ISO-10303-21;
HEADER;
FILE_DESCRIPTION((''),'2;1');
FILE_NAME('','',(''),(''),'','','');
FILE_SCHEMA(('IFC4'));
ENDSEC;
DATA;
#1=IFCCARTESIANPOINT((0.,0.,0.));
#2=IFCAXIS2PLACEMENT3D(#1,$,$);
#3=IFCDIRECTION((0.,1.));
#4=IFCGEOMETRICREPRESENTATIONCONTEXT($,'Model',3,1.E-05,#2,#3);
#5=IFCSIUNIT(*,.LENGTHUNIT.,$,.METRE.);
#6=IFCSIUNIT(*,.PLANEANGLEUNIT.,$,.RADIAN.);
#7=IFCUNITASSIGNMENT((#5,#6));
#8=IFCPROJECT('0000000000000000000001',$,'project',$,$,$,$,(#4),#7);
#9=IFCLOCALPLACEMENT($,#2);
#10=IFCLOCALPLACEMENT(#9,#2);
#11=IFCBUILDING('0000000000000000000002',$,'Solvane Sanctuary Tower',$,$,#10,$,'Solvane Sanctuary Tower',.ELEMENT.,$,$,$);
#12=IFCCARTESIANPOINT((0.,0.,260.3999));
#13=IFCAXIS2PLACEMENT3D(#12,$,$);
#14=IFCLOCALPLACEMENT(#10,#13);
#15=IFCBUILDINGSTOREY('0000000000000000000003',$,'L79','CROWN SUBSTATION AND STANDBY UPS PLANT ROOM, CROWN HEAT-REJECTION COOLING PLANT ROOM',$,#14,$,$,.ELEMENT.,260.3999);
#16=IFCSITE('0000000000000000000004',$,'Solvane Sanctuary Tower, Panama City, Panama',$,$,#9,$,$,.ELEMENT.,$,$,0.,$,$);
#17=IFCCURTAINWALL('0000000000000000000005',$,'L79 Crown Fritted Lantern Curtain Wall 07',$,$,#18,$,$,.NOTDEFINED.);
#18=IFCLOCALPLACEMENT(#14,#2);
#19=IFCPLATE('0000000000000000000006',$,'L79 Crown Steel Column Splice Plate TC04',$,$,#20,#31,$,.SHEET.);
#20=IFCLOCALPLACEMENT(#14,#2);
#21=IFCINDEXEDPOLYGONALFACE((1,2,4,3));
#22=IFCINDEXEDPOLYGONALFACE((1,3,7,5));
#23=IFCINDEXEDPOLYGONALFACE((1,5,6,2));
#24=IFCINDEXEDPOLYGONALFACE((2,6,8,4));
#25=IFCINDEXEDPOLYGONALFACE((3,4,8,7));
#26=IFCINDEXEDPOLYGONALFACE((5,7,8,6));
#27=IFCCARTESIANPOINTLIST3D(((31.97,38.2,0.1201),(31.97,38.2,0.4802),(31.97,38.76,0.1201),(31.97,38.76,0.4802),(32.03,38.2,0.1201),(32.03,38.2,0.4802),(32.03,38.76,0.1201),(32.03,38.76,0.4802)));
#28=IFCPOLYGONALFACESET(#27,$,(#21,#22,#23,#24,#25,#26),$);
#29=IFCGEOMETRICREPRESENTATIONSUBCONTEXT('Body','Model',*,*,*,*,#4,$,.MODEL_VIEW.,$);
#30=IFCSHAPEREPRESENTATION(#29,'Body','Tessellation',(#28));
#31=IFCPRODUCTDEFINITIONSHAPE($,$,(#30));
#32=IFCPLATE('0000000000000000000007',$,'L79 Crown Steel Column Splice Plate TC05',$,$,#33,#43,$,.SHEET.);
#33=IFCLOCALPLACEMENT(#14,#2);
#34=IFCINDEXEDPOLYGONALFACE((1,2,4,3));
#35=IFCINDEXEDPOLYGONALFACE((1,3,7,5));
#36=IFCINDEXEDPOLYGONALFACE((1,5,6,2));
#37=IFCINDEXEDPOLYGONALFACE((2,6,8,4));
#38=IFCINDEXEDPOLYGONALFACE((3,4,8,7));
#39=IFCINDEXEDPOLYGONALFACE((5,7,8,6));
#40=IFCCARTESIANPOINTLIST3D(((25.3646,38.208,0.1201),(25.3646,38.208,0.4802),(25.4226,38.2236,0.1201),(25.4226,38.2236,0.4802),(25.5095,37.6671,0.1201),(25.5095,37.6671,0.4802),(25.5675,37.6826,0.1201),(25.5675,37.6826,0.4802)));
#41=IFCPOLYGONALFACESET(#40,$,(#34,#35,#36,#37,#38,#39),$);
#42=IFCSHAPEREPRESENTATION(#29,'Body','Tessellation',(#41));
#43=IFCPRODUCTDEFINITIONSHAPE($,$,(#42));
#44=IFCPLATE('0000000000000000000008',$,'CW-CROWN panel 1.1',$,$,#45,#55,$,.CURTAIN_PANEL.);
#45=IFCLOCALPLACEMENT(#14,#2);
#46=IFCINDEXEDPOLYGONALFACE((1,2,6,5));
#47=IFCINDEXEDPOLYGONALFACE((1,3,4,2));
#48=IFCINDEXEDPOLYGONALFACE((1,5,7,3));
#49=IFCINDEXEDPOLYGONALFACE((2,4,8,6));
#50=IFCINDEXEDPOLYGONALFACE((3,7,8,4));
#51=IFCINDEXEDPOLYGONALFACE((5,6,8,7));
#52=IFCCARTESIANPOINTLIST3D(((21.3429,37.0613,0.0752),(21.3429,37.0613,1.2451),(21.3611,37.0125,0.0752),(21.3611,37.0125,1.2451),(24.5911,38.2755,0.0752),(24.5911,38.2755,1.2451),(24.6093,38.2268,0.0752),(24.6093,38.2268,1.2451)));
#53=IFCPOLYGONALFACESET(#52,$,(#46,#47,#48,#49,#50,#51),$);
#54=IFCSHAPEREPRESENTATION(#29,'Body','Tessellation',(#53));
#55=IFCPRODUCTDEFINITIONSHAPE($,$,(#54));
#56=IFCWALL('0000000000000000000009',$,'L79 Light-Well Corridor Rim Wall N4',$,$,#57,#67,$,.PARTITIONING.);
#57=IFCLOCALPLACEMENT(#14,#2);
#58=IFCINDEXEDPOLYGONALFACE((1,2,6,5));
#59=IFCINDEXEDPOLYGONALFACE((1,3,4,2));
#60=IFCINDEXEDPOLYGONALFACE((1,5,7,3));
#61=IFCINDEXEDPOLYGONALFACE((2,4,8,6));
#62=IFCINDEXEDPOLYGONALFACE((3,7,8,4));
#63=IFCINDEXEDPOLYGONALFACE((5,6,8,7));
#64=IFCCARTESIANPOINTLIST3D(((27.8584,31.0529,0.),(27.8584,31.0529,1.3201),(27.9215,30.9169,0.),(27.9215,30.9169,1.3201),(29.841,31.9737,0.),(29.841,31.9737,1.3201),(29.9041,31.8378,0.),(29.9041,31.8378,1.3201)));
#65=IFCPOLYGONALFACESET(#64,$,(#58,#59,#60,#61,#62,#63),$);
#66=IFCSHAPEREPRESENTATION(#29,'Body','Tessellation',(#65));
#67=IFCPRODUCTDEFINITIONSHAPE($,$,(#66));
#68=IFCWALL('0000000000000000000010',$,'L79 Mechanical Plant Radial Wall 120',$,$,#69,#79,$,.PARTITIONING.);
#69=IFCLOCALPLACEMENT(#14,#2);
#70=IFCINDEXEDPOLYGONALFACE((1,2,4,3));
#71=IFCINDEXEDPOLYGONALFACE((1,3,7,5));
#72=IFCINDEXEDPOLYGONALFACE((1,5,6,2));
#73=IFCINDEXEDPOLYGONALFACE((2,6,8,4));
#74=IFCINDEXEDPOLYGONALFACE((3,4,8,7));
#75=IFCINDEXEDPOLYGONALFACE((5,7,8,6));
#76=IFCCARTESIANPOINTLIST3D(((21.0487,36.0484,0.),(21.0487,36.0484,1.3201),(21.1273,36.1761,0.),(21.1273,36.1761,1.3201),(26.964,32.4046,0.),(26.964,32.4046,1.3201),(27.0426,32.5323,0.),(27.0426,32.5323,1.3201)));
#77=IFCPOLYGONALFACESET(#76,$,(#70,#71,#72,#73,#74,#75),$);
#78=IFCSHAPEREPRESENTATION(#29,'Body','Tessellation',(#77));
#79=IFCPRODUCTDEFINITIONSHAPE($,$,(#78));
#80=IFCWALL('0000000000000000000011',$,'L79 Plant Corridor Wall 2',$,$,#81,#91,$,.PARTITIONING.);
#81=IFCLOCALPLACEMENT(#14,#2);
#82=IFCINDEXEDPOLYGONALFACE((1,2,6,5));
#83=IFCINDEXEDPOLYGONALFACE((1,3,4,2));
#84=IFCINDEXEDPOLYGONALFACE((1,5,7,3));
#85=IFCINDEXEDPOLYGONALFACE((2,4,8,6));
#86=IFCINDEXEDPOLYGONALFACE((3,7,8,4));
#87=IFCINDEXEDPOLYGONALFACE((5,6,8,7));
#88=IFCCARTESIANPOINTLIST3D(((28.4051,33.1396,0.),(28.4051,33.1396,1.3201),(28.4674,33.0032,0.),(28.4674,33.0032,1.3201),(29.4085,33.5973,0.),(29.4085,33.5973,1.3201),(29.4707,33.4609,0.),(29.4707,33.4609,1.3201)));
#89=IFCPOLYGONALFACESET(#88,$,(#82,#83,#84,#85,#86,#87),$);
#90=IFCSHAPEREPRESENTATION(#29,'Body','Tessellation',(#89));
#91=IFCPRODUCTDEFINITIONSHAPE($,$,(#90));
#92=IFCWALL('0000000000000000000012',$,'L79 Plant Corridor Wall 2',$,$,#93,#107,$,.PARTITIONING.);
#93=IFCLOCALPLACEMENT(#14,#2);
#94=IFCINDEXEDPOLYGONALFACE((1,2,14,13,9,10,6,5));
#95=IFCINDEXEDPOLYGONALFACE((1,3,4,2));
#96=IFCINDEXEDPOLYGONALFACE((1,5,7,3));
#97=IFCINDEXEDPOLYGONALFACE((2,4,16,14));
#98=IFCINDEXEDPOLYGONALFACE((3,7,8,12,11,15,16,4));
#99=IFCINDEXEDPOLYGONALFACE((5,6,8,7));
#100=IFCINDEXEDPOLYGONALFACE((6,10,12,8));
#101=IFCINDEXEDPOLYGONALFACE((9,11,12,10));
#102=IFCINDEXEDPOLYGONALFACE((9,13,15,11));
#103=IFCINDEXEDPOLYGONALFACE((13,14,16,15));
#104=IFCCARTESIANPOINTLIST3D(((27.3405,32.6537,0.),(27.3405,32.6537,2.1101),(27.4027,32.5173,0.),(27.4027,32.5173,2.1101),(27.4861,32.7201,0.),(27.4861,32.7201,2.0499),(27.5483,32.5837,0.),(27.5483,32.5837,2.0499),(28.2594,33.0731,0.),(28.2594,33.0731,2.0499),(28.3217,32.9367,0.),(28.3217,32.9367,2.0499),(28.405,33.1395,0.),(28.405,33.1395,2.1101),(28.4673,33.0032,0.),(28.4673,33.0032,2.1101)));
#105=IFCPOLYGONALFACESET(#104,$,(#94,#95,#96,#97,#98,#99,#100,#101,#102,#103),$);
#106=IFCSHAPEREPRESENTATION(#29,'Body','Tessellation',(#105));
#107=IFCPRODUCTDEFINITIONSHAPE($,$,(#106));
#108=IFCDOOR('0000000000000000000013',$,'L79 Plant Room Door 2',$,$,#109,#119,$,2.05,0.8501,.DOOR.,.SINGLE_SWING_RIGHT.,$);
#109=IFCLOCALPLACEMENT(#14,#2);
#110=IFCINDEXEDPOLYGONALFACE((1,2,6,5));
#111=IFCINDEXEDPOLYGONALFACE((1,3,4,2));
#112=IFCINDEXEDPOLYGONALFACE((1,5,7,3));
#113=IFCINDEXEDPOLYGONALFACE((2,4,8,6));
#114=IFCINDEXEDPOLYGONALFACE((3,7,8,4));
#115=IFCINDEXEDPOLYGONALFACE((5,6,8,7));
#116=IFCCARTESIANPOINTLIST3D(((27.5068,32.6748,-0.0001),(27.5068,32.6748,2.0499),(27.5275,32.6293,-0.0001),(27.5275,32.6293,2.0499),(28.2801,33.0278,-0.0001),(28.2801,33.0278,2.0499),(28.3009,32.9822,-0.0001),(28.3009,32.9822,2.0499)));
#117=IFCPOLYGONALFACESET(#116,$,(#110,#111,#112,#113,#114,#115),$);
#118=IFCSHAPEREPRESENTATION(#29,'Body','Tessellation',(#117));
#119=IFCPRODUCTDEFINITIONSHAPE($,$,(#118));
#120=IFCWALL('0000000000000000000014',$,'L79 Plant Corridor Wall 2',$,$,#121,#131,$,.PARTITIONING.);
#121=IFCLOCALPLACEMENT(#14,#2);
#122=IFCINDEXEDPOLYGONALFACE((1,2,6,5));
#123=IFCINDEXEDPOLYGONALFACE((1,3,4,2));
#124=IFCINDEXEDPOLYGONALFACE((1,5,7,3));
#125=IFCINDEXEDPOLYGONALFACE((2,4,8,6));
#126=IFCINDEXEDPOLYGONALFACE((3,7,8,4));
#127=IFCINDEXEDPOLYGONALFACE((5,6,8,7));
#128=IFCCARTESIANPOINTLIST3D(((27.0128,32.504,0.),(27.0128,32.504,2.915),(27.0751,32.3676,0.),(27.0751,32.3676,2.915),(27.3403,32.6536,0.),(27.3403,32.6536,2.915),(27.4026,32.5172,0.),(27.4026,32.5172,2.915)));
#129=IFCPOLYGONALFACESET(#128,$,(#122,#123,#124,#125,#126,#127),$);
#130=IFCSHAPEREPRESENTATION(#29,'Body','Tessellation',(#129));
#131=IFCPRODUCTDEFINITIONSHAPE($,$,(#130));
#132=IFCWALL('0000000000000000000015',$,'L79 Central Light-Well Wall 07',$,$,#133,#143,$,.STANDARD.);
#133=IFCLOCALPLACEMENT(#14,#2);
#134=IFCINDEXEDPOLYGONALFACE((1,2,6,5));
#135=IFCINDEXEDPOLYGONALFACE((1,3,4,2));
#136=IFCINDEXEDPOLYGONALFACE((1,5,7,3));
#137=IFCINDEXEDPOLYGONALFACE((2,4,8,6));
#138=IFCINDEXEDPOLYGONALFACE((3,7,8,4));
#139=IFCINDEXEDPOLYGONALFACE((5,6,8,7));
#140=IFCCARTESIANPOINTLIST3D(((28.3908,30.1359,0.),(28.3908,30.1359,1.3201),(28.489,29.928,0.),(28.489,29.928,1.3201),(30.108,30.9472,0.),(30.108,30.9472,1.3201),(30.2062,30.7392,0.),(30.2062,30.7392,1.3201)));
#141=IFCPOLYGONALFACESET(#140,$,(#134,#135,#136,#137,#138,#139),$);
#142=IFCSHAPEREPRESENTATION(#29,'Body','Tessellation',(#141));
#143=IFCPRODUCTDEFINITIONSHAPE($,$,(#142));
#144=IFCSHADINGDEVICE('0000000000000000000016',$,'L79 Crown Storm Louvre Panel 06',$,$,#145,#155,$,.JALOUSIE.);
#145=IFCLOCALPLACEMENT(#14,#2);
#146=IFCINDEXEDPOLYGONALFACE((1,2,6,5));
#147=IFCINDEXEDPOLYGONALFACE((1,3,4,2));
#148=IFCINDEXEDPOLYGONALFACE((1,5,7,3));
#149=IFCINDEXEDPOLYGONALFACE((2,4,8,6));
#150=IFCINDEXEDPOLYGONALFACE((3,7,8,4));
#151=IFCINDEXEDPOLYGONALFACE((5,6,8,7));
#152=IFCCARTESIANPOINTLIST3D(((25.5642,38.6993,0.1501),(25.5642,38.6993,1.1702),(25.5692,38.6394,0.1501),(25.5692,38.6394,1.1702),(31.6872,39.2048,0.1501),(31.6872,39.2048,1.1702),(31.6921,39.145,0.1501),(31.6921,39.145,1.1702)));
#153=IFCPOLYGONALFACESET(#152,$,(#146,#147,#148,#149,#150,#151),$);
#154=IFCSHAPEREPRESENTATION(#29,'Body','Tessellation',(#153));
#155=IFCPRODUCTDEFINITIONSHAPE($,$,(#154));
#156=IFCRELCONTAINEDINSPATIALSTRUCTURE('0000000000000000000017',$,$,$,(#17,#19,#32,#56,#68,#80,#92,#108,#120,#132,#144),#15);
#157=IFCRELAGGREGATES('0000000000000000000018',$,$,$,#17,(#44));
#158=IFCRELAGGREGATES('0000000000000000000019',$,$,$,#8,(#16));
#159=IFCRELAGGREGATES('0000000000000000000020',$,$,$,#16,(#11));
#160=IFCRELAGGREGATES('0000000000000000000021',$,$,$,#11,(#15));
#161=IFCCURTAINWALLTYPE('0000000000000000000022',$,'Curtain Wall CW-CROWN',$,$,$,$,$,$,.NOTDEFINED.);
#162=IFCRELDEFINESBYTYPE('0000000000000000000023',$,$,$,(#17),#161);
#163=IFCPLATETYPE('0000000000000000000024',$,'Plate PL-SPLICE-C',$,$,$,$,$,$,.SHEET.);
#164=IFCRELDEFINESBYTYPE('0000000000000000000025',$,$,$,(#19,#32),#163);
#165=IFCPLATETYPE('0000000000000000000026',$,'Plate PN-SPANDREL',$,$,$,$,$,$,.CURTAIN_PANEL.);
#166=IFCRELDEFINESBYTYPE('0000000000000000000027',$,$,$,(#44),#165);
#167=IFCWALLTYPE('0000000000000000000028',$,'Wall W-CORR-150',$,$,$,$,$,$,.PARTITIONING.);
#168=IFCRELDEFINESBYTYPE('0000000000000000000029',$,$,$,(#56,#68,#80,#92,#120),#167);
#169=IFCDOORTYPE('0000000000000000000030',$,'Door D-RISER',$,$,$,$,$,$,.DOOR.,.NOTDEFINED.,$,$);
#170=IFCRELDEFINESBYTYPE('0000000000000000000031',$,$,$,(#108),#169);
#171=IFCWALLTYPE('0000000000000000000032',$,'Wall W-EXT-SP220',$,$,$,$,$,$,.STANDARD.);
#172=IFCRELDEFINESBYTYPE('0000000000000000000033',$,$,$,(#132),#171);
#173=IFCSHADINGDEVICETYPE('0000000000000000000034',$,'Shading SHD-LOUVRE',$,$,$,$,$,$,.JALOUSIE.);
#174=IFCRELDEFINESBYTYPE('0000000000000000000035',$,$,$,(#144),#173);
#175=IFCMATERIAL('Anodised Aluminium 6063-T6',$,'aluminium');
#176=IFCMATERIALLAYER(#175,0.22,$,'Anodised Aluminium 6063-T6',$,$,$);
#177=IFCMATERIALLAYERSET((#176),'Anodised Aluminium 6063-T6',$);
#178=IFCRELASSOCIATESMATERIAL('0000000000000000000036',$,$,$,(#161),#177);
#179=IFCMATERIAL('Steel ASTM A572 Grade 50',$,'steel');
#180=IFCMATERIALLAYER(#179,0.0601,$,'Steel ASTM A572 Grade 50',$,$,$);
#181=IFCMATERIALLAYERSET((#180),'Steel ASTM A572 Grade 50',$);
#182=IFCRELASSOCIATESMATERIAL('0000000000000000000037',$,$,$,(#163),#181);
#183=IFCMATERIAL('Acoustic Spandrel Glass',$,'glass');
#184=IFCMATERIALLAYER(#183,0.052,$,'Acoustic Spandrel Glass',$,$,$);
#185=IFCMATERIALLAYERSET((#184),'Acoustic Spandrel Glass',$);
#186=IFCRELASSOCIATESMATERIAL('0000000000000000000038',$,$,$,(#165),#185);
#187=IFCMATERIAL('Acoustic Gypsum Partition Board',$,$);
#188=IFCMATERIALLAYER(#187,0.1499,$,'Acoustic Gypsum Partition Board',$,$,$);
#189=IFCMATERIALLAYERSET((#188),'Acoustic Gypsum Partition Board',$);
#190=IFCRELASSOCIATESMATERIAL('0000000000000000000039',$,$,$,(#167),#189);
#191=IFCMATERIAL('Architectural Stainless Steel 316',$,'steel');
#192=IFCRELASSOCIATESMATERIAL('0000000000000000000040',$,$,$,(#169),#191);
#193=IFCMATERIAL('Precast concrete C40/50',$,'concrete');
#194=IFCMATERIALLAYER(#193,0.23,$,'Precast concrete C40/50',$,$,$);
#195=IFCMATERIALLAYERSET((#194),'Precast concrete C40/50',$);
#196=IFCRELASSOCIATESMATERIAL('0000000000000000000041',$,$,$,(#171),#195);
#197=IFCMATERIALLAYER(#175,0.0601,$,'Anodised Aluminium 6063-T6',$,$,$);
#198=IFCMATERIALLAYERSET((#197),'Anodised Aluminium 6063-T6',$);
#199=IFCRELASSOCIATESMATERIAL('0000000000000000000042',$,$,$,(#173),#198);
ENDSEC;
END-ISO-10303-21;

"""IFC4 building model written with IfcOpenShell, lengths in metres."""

from ifc_helpers import new_model, si_unit, direction, frame, frame_2d, origin, origin_2d, place, context, subcontext, project, spatial, rectangle, extrude, material, layer, layer_set, type_object, element, fill, aggregate, save


model = new_model("IFC4")

# Units and contexts
model_context = context("Model", 3, precision=1e-05, world=origin(), true_north=direction((0.0, 1.0)))
body_context = subcontext(model_context, "Body", "Model", "MODEL_VIEW")
ifc_project = project(units=[si_unit("LENGTHUNIT", "METRE"), si_unit("PLANEANGLEUNIT", "RADIAN")], contexts=[model_context])

# Site, building, storey
site_placement = place(None, origin())
site = spatial("IfcSite", under=ifc_project, at=site_placement, Name="Solvane Sanctuary Tower, Panama City, Panama", CompositionType="ELEMENT", RefElevation=0.0)
building_placement = place(site_placement, origin())
building = spatial("IfcBuilding", under=site, at=building_placement, Name="Solvane Sanctuary Tower", LongName="Solvane Sanctuary Tower", CompositionType="ELEMENT")
storey_placement = place(building_placement, frame((0.0, 0.0, 260.3999)))
storey = spatial("IfcBuildingStorey", under=building, at=storey_placement, Name="L79", Description="CROWN SUBSTATION AND STANDBY UPS PLANT ROOM, CROWN HEAT-REJECTION COOLING PLANT ROOM", CompositionType="ELEMENT", Elevation=260.3999)

# Curtain wall
ifc_material_1 = material(Name="Anodised Aluminium 6063-T6", Category="aluminium")
ifc_layer_1 = layer(ifc_material_1, 0.22, Name="Anodised Aluminium 6063-T6")
ifc_layer_set_1 = layer_set([ifc_layer_1], Name="Anodised Aluminium 6063-T6")
curtain_wall_type = type_object("IfcCurtainWallType", Name="Curtain Wall CW-CROWN", PredefinedType="NOTDEFINED", material=ifc_layer_set_1)
curtain_wall_placement = place(storey_placement, origin())
curtain_wall = element("IfcCurtainWall", 1, at=curtain_wall_placement, inside=storey, type_object=curtain_wall_type, Name="L79 Crown Fritted Lantern Curtain Wall 07", PredefinedType="NOTDEFINED")

# Plates
ifc_material_2 = material(Name="Steel ASTM A572 Grade 50", Category="steel")
ifc_layer_2 = layer(ifc_material_2, 0.0601, Name="Steel ASTM A572 Grade 50")
ifc_layer_set_2 = layer_set([ifc_layer_2], Name="Steel ASTM A572 Grade 50")
plate_type_1 = type_object("IfcPlateType", Name="Plate PL-SPLICE-C", PredefinedType="SHEET", material=ifc_layer_set_2)
for number, where, z_axis, x_axis, name in (
    (2, (32.0, 38.48, 0.1201), (0.0, 0.0, 1.0), (0.0, 1.0, 0.0), "L79 Crown Steel Column Splice Plate TC04"),
    (3, (25.4661, 37.9453, 0.1201), (0.0, 0.0, 1.0), (-0.258819, 0.965926, 0.0), "L79 Crown Steel Column Splice Plate TC05"),
):
    element("IfcPlate", number, at=place(storey_placement, frame(where, z_axis=z_axis, x_axis=x_axis)), inside=storey, type_object=plate_type_1, Name=name, PredefinedType="SHEET", context=body_context, shape_type="SweptSolid", body=[
        extrude(rectangle(XDim=0.5601, YDim=0.0601, at=origin_2d()), origin(), (0.0, 0.0, 1.0), 0.3601),
    ])

# Plate
ifc_material_3 = material(Name="Acoustic Spandrel Glass", Category="glass")
ifc_layer_3 = layer(ifc_material_3, 0.052, Name="Acoustic Spandrel Glass")
ifc_layer_set_3 = layer_set([ifc_layer_3], Name="Acoustic Spandrel Glass")
plate_type_2 = type_object("IfcPlateType", Name="Plate PN-SPANDREL", PredefinedType="CURTAIN_PANEL", material=ifc_layer_set_3)
plate_placement = place(storey_placement, frame((22.9761, 37.644, 0.0752), z_axis=(0.0, 0.0, 1.0), x_axis=(-0.936689, -0.350163, 0.0)))
plate = element("IfcPlate", 4, at=plate_placement, type_object=plate_type_2, Name="CW-CROWN panel 1.1", PredefinedType="CURTAIN_PANEL", context=body_context, shape_type="SweptSolid", body=[
    extrude(rectangle(XDim=3.4678, YDim=0.052, at=origin_2d()), origin(), (0.0, 0.0, 1.0), 1.1699),
])
aggregate(curtain_wall, [plate])

# Walls
ifc_material_4 = material(Name="Acoustic Gypsum Partition Board")
ifc_layer_4 = layer(ifc_material_4, 0.1499, Name="Acoustic Gypsum Partition Board")
ifc_layer_set_4 = layer_set([ifc_layer_4], Name="Acoustic Gypsum Partition Board")
wall_type_1 = type_object("IfcWallType", Name="Wall W-CORR-150", PredefinedType="PARTITIONING", material=ifc_layer_set_4)
wall_1_placement = place(storey_placement, frame((29.8726, 31.9058, 0.0), z_axis=(0.0, 0.0, 1.0), x_axis=(-0.906943, -0.421252, 0.0)))
element("IfcWall", 5, at=wall_1_placement, inside=storey, type_object=wall_type_1, Name="L79 Light-Well Corridor Rim Wall N4", PredefinedType="PARTITIONING", context=body_context, shape_type="SweptSolid", body=[
    extrude(rectangle(XDim=2.186, YDim=0.1499, at=frame_2d((1.093, 0.0))), origin(), (0.0, 0.0, 1.0), 1.3201),
])
wall_2_placement = place(storey_placement, frame((27.0032, 32.4685, 0.0), z_axis=(0.0, 0.0, 1.0), x_axis=(-0.851425, 0.524476, 0.0)))
element("IfcWall", 6, at=wall_2_placement, inside=storey, type_object=wall_type_1, Name="L79 Mechanical Plant Radial Wall 120", PredefinedType="PARTITIONING", context=body_context, shape_type="SweptSolid", body=[
    extrude(rectangle(XDim=6.9475, YDim=0.1499, at=frame_2d((3.4736, 0.0))), origin(), (0.0, 0.0, 1.0), 1.3201),
])
wall_3_placement = place(storey_placement, frame((29.4395, 33.5291, 0.0), z_axis=(0.0, 0.0, 1.0), x_axis=(-0.909797, -0.415053, 0.0)))
element("IfcWall", 7, at=wall_3_placement, inside=storey, type_object=wall_type_1, Name="L79 Plant Corridor Wall 2", PredefinedType="PARTITIONING", context=body_context, shape_type="SweptSolid", body=[
    extrude(rectangle(XDim=1.1028, YDim=0.1499, at=frame_2d((0.5513, 0.0))), origin(), (0.0, 0.0, 1.0), 1.3201),
])

# Wall, opening, door
wall_4_placement = place(storey_placement, frame((28.436, 33.0713, 0.0), z_axis=(0.0, 0.0, 1.0), x_axis=(-0.909722, -0.415217, 0.0)))
wall_4 = element("IfcWall", 8, at=wall_4_placement, inside=storey, type_object=wall_type_1, Name="L79 Plant Corridor Wall 2", PredefinedType="PARTITIONING", context=body_context, shape_type="SweptSolid", body=[
    extrude(rectangle(XDim=1.1702, YDim=0.1499, at=frame_2d((0.585, 0.0))), origin(), (0.0, 0.0, 1.0), 2.1101),
])
opening_placement = place(wall_4_placement, frame((0.1599, 0.0, 0.0)))
opening = element("IfcOpeningElement", 9, at=opening_placement, cuts=wall_4, PredefinedType="OPENING", context=body_context, shape_type="SweptSolid", body=[
    extrude(rectangle(XDim=0.8501, YDim=2.05, at=frame_2d((0.425, 1.0249))), frame((0.0, 0.085, 0.0), z_axis=(0.0, -1.0, 0.0), x_axis=(1.0, 0.0, 0.0)), (0.0, 0.0, 1.0), 0.1699),
])
ifc_material_5 = material(Name="Architectural Stainless Steel 316", Category="steel")
door_type = type_object("IfcDoorType", Name="Door D-RISER", OperationType="NOTDEFINED", PredefinedType="DOOR", material=ifc_material_5)
door_placement = place(opening_placement, origin())
door = element("IfcDoor", 10, at=door_placement, inside=storey, type_object=door_type, Name="L79 Plant Room Door 2", OperationType="SINGLE_SWING_RIGHT", OverallHeight=2.05, OverallWidth=0.8501, PredefinedType="DOOR", context=body_context, shape_type="SweptSolid", body=[
    extrude(rectangle(XDim=0.8501, YDim=2.05, at=frame_2d((0.425, 1.0249))), frame((0.0, 0.0249, 0.0), z_axis=(0.0, -1.0, 0.0), x_axis=(1.0, 0.0, 0.0)), (0.0, 0.0, 1.0), 0.05),
])
fill(opening, door)

# Walls
wall_5_placement = place(storey_placement, frame((27.3716, 32.5854, 0.0), z_axis=(0.0, 0.0, 1.0), x_axis=(-0.909599, -0.415487, 0.0)))
element("IfcWall", 11, at=wall_5_placement, inside=storey, type_object=wall_type_1, Name="L79 Plant Corridor Wall 2", PredefinedType="PARTITIONING", context=body_context, shape_type="SweptSolid", body=[
    extrude(rectangle(XDim=0.3601, YDim=0.1499, at=frame_2d((0.1802, 0.0))), origin(), (0.0, 0.0, 1.0), 2.915),
])
ifc_material_6 = material(Name="Precast concrete C40/50", Category="concrete")
ifc_layer_5 = layer(ifc_material_6, 0.23, Name="Precast concrete C40/50")
ifc_layer_set_5 = layer_set([ifc_layer_5], Name="Precast concrete C40/50")
wall_type_2 = type_object("IfcWallType", Name="Wall W-EXT-SP220", PredefinedType="STANDARD", material=ifc_layer_set_5)
wall_6_placement = place(storey_placement, frame((30.1572, 30.8433, 0.0), z_axis=(0.0, 0.0, 1.0), x_axis=(-0.90418, -0.427152, 0.0)))
element("IfcWall", 12, at=wall_6_placement, inside=storey, type_object=wall_type_2, Name="L79 Central Light-Well Wall 07", PredefinedType="STANDARD", context=body_context, shape_type="SweptSolid", body=[
    extrude(rectangle(XDim=1.8992, YDim=0.23, at=frame_2d((0.9497, 0.0))), origin(), (0.0, 0.0, 1.0), 1.3201),
])

# Shading device
ifc_layer_6 = layer(ifc_material_1, 0.0601, Name="Anodised Aluminium 6063-T6")
ifc_layer_set_6 = layer_set([ifc_layer_6], Name="Anodised Aluminium 6063-T6")
shading_device_type = type_object("IfcShadingDeviceType", Name="Shading SHD-LOUVRE", PredefinedType="JALOUSIE", material=ifc_layer_set_6)
shading_device_placement = place(storey_placement, frame((28.6282, 38.9221, 0.1501), z_axis=(0.0, 0.0, 1.0), x_axis=(-0.996609, -0.082285, 0.0)))
element("IfcShadingDevice", 13, at=shading_device_placement, inside=storey, type_object=shading_device_type, Name="L79 Crown Storm Louvre Panel 06", PredefinedType="JALOUSIE", context=body_context, shape_type="SweptSolid", body=[
    extrude(rectangle(XDim=6.1438, YDim=0.0601, at=origin_2d()), origin(), (0.0, 0.0, 1.0), 1.02),
])

save(model, "model.ifc")
